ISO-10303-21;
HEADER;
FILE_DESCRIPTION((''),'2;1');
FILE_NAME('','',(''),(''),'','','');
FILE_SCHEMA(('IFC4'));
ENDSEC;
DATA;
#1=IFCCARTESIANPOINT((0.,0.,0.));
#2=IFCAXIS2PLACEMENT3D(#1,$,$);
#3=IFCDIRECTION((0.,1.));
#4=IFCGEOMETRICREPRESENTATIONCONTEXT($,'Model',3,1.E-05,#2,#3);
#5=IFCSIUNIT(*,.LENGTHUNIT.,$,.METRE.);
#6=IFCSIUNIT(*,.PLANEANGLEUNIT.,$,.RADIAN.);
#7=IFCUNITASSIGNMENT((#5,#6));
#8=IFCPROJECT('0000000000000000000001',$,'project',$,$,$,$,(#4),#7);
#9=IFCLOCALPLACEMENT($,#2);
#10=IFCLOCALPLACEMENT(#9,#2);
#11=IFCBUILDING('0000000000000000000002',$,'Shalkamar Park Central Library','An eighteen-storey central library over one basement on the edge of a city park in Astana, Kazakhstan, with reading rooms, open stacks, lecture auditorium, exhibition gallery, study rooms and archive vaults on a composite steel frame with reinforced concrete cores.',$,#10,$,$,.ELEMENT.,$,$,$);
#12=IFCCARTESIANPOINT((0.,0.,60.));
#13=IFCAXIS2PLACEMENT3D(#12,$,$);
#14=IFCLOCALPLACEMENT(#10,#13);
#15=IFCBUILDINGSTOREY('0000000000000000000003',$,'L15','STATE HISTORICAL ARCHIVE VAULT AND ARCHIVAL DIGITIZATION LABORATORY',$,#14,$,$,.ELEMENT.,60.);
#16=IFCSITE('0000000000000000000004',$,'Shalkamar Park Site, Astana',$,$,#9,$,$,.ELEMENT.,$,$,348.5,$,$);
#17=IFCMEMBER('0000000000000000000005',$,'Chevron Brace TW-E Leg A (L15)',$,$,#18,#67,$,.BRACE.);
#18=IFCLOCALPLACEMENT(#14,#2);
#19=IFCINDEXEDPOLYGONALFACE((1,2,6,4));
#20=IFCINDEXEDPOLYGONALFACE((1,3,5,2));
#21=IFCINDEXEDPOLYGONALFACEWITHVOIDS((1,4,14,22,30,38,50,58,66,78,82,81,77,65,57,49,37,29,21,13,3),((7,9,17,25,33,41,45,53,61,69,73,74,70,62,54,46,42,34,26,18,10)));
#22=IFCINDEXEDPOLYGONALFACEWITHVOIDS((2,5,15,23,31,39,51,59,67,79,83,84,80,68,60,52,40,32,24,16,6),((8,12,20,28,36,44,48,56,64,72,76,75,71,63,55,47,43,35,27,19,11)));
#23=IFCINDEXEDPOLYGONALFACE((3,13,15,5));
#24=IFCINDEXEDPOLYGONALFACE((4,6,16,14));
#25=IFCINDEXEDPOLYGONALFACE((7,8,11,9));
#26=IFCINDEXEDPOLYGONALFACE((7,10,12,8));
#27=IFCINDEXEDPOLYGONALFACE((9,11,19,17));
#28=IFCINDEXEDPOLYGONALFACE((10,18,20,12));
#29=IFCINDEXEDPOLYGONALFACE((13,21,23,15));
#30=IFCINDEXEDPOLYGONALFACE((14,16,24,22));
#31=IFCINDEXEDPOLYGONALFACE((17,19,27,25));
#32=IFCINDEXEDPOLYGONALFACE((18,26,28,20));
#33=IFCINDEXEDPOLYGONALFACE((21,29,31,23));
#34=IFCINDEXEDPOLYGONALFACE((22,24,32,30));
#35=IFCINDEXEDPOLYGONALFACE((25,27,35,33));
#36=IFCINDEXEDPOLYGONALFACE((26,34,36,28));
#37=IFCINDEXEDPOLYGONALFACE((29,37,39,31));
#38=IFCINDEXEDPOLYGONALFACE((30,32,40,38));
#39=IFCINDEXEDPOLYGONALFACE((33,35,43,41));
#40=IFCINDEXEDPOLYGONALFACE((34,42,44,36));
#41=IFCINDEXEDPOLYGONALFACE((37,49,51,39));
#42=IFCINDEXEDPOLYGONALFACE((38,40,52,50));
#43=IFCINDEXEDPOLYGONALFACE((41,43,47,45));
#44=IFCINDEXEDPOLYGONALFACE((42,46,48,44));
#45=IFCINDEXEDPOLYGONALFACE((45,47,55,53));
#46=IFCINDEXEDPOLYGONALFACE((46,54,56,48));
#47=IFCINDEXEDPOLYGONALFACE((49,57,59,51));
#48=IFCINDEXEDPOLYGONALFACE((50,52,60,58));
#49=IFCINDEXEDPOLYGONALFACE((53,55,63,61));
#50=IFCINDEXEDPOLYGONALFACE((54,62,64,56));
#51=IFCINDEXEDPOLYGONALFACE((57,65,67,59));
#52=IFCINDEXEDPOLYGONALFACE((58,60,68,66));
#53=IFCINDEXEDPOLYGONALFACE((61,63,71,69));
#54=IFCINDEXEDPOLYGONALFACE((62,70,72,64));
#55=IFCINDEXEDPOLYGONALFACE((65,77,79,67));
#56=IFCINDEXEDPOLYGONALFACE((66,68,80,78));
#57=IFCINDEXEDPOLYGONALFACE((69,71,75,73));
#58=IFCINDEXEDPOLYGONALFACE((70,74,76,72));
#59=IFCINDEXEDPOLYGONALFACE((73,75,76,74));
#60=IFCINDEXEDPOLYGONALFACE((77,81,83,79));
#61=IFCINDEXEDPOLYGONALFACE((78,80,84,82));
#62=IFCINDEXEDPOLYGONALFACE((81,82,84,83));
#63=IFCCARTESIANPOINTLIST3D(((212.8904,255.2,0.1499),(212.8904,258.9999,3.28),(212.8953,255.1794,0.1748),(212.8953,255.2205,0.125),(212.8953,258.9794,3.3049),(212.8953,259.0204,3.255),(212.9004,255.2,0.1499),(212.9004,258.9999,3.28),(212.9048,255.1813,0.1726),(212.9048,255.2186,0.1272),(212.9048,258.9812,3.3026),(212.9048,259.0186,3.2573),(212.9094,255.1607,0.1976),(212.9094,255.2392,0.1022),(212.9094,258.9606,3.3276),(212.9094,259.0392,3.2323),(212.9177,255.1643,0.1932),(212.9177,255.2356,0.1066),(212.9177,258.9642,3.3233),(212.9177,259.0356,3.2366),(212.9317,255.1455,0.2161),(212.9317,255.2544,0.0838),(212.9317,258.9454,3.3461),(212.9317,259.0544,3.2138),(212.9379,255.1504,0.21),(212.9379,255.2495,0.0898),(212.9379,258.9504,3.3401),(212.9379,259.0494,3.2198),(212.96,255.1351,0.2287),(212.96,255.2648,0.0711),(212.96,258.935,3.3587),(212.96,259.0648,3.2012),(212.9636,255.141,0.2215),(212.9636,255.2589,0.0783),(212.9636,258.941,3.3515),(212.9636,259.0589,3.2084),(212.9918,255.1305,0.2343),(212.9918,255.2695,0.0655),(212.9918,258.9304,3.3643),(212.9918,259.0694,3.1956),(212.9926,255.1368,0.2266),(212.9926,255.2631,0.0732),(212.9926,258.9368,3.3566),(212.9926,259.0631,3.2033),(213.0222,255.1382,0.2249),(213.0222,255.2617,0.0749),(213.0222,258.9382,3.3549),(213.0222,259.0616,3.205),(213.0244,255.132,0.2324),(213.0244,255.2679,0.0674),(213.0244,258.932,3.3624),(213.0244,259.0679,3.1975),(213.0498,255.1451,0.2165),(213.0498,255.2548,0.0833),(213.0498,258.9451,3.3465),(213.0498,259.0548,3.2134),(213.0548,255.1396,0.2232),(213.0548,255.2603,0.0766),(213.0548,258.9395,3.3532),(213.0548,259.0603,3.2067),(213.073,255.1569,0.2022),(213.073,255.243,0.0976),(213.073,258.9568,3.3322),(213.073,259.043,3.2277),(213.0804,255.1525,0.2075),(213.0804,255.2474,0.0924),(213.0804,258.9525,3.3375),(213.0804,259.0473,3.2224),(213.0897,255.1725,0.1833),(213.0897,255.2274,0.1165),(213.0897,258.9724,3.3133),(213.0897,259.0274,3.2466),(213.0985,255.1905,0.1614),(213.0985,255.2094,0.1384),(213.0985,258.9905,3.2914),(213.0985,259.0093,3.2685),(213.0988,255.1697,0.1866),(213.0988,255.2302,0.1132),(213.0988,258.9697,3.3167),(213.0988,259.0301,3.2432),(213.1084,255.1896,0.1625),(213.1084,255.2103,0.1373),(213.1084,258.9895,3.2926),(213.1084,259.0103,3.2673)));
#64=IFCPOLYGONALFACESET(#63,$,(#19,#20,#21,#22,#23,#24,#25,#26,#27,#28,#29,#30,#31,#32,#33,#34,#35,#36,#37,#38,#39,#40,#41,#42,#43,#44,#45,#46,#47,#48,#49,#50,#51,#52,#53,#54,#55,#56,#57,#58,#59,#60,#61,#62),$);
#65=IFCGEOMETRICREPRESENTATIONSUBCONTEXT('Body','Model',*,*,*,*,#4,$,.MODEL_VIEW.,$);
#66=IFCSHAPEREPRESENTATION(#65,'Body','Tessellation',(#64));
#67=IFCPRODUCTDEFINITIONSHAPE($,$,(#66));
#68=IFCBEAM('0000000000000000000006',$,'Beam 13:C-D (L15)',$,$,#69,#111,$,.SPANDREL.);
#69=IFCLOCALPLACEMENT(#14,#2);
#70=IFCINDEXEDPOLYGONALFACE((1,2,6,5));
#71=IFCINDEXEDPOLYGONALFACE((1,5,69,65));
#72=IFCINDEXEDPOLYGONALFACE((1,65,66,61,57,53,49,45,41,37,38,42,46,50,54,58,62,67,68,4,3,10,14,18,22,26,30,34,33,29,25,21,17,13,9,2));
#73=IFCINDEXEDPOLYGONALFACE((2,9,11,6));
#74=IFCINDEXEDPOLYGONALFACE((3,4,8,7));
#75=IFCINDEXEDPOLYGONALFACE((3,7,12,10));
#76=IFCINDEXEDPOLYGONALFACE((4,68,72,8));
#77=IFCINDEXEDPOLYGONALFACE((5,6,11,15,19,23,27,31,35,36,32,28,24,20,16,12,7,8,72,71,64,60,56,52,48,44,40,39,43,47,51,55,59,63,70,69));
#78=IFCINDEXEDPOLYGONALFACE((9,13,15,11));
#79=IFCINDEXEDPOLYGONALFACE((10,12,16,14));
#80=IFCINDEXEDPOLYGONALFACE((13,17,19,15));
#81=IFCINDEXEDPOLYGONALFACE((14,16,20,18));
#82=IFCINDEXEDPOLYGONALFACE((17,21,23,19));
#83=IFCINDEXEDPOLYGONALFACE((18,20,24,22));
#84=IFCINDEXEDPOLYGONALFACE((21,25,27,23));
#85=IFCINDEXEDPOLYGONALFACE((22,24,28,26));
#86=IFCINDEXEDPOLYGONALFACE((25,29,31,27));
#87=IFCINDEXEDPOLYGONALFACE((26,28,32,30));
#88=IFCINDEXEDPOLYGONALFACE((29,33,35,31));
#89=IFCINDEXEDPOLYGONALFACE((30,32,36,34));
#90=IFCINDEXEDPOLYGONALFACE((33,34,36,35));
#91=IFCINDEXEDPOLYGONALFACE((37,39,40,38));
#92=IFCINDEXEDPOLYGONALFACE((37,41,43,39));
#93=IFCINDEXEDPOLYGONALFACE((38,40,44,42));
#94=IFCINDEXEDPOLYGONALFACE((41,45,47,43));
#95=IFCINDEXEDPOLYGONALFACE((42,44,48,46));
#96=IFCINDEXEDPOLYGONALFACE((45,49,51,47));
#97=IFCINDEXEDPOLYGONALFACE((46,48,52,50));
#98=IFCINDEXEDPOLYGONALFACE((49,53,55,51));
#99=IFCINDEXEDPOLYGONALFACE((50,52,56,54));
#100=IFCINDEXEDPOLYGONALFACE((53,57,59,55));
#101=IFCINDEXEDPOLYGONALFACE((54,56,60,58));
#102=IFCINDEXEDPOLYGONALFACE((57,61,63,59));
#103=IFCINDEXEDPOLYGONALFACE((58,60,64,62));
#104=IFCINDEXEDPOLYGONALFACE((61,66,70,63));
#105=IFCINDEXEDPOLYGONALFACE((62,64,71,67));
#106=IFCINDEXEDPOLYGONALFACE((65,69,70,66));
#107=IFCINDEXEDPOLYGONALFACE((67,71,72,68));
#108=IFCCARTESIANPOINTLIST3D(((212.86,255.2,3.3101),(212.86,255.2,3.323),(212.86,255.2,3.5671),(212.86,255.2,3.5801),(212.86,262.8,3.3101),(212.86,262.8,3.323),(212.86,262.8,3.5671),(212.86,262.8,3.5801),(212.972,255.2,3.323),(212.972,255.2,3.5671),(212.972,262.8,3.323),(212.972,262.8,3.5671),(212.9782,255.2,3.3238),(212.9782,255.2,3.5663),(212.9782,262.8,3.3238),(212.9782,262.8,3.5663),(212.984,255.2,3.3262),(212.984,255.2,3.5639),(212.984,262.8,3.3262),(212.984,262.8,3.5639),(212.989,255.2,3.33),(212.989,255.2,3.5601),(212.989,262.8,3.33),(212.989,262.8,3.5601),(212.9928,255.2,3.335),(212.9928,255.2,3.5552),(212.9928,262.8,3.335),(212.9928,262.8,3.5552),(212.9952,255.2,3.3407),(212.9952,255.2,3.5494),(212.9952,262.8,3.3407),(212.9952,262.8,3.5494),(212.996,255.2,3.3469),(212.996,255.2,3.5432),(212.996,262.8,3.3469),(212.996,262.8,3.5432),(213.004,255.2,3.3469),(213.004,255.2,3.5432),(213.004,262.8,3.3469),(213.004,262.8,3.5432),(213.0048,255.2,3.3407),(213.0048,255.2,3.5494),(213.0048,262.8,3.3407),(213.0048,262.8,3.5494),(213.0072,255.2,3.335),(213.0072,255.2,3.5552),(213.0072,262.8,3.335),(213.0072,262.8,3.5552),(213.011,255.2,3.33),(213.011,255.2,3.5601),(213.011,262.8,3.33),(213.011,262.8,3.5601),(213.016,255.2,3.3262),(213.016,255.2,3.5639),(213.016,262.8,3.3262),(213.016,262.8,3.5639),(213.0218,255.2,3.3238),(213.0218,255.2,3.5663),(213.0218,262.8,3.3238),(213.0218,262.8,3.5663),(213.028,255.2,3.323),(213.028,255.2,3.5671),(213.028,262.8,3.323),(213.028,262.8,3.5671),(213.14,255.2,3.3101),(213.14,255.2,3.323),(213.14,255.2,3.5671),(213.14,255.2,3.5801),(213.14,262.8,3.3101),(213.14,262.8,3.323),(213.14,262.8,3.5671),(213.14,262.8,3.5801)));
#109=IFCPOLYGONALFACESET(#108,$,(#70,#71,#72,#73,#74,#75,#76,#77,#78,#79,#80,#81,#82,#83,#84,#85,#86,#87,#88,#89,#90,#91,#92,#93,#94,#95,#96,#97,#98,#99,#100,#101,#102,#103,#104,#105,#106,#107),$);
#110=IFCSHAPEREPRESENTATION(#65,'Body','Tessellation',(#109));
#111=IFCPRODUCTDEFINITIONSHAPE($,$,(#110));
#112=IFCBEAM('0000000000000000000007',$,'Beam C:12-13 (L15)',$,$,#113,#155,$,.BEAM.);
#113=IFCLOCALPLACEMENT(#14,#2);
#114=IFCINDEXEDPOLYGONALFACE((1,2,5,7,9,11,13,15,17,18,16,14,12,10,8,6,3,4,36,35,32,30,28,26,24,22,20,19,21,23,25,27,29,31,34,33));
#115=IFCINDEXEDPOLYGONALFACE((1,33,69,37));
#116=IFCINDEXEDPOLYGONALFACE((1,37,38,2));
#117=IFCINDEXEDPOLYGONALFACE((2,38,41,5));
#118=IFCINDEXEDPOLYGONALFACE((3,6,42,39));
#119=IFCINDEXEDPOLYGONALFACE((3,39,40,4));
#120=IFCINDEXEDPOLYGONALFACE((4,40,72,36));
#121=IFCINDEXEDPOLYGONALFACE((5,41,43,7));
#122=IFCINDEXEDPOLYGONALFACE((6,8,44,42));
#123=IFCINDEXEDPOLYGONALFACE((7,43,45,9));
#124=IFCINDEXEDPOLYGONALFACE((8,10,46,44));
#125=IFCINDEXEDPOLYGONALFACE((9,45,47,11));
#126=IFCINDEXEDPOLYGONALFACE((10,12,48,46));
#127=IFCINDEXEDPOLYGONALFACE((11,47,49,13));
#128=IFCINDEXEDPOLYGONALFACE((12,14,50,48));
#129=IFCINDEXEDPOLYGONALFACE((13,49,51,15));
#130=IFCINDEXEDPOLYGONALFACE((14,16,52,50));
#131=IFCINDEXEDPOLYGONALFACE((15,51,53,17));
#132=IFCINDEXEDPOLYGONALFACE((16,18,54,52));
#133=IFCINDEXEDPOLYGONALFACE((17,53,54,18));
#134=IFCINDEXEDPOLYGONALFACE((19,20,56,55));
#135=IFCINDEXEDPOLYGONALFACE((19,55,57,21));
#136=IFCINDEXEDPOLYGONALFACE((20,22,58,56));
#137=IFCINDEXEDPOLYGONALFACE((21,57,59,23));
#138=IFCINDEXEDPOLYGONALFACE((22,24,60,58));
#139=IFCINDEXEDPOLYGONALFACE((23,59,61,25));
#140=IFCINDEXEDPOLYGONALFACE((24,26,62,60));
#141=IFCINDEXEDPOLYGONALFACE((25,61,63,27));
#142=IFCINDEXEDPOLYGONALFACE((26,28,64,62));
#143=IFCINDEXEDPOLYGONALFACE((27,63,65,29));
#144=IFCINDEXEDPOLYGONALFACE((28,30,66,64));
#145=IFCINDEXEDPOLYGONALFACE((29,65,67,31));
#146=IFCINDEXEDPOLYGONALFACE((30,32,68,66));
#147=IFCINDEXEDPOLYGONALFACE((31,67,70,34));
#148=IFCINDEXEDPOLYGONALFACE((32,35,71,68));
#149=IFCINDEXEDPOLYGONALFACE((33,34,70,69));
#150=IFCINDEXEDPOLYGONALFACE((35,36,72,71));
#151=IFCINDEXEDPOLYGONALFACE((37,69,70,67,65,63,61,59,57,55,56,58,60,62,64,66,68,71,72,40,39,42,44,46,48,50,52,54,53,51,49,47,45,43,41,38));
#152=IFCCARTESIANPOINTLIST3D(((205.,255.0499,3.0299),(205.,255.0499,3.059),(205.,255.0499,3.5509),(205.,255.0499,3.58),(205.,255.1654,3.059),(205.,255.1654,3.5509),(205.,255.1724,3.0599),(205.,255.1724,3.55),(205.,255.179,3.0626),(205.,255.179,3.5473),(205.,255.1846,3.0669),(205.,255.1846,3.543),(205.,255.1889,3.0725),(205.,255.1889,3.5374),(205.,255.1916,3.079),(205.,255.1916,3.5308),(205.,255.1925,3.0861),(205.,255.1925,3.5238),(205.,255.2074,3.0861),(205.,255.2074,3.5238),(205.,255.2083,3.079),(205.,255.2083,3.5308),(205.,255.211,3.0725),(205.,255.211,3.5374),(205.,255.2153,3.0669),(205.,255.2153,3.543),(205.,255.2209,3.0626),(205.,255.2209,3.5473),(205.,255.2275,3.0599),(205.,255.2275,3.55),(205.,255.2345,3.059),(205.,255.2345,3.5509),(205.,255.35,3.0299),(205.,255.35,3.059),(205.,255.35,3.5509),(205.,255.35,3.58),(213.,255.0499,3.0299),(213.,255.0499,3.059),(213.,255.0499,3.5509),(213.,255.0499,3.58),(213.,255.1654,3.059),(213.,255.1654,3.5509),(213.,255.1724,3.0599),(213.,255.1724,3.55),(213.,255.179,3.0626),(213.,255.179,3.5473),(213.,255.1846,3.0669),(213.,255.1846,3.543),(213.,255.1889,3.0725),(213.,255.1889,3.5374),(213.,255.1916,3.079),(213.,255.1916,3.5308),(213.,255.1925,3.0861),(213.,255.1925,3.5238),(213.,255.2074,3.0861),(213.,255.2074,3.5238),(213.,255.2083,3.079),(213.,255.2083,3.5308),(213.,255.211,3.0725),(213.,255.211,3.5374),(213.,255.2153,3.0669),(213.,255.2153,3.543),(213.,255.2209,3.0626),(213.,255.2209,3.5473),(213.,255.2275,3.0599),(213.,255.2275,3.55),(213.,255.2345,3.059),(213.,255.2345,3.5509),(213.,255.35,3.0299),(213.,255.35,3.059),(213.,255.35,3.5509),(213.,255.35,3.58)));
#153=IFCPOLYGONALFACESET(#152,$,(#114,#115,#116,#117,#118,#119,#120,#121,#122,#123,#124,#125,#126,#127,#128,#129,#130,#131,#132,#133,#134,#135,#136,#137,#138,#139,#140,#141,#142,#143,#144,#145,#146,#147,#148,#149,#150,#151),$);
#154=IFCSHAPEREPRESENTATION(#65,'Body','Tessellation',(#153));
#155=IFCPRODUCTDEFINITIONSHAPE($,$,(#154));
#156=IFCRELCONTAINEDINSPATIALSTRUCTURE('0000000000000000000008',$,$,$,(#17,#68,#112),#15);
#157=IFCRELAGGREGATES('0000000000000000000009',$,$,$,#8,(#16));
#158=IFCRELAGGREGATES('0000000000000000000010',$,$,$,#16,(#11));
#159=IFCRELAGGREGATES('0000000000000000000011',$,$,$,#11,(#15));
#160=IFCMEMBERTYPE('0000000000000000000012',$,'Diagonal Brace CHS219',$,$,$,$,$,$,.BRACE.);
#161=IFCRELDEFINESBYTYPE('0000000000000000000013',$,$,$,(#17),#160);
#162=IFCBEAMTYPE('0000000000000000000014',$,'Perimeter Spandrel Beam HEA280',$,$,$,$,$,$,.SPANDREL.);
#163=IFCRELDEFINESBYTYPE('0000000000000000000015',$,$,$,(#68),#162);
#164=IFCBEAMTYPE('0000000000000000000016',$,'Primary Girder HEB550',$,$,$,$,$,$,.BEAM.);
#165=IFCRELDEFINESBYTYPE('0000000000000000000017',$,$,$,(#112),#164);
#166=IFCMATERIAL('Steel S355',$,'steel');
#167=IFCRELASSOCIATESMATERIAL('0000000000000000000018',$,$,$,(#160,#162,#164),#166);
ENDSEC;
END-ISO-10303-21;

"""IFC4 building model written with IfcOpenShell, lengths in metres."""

from ifc_helpers import new_model, si_unit, direction, frame, origin, origin_2d, place, context, subcontext, project, spatial, hollow_circle, i_section, extrude, material, material_profile, profile_set, type_object, element, save


model = new_model("IFC4")

# Units and contexts
model_context = context("Model", 3, precision=1e-05, world=origin(), true_north=direction((0.0, 1.0)))
body_context = subcontext(model_context, "Body", "Model", "MODEL_VIEW")
ifc_project = project(units=[si_unit("LENGTHUNIT", "METRE"), si_unit("PLANEANGLEUNIT", "RADIAN")], contexts=[model_context])

# Site, building, storey
site_placement = place(None, origin())
site = spatial("IfcSite", under=ifc_project, at=site_placement, Name="Shalkamar Park Site, Astana", CompositionType="ELEMENT", RefElevation=348.5)
building_placement = place(site_placement, origin())
building = spatial("IfcBuilding", under=site, at=building_placement, Name="Shalkamar Park Central Library", Description="An eighteen-storey central library over one basement on the edge of a city park in Astana, Kazakhstan, with reading rooms, open stacks, lecture auditorium, exhibition gallery, study rooms and archive vaults on a composite steel frame with reinforced concrete cores.", CompositionType="ELEMENT")
storey_placement = place(building_placement, frame((0.0, 0.0, 60.0)))
storey = spatial("IfcBuildingStorey", under=building, at=storey_placement, Name="L15", Description="STATE HISTORICAL ARCHIVE VAULT AND ARCHIVAL DIGITIZATION LABORATORY", CompositionType="ELEMENT", Elevation=60.0)

# Shared definitions
ifc_material_1 = material(Name="Steel S355", Category="steel")

# Member
ifc_material_profile_1 = material_profile(ifc_material_1, hollow_circle(Radius=0.1096, WallThickness=0.01, at=origin_2d()), Name="CHS 219.1x10")
ifc_profile_set_1 = profile_set([ifc_material_profile_1], Name="Steel S355")
member_type = type_object("IfcMemberType", Name="Diagonal Brace CHS219", PredefinedType="BRACE", material=ifc_profile_set_1)
member_placement = place(storey_placement, frame((213.0, 255.2, 0.1499), z_axis=(0.0, 0.771863, 0.635789), x_axis=(-1.0, 0.0, 0.0)))
element("IfcMember", 1, at=member_placement, inside=storey, type_object=member_type, Name="Chevron Brace TW-E Leg A (L15)", PredefinedType="BRACE", context=body_context, shape_type="SweptSolid", body=[
    extrude(hollow_circle(Radius=0.1096, WallThickness=0.01, at=origin_2d()), origin(), (0.0, 0.0, 1.0), 4.9231),
])

# Beams
ifc_material_profile_2 = material_profile(ifc_material_1, i_section(OverallWidth=0.28, OverallDepth=0.27, WebThickness=0.0081, FlangeThickness=0.0129, FilletRadius=0.0239, at=origin_2d()), Name="HEA 280")
ifc_profile_set_2 = profile_set([ifc_material_profile_2], Name="Steel S355")
beam_type_1 = type_object("IfcBeamType", Name="Perimeter Spandrel Beam HEA280", PredefinedType="SPANDREL", material=ifc_profile_set_2)
beam_1_placement = place(storey_placement, frame((213.0, 255.2, 3.4451), z_axis=(0.0, 1.0, 0.0), x_axis=(-1.0, 0.0, 0.0)))
element("IfcBeam", 2, at=beam_1_placement, inside=storey, type_object=beam_type_1, Name="Beam 13:C-D (L15)", PredefinedType="SPANDREL", context=body_context, shape_type="SweptSolid", body=[
    extrude(i_section(OverallWidth=0.28, OverallDepth=0.27, WebThickness=0.0081, FlangeThickness=0.0129, FilletRadius=0.0239, at=origin_2d()), origin(), (0.0, 0.0, 1.0), 7.6001),
])
ifc_material_profile_3 = material_profile(ifc_material_1, i_section(OverallWidth=0.3, OverallDepth=0.55, WebThickness=0.0149, FlangeThickness=0.0291, FilletRadius=0.0271, at=origin_2d()), Name="HEB 550")
ifc_profile_set_3 = profile_set([ifc_material_profile_3], Name="Steel S355")
beam_type_2 = type_object("IfcBeamType", Name="Primary Girder HEB550", PredefinedType="BEAM", material=ifc_profile_set_3)
beam_2_placement = place(storey_placement, frame((205.0, 255.2, 3.3049), z_axis=(1.0, 0.0, 0.0), x_axis=(0.0, 1.0, 0.0)))
element("IfcBeam", 3, at=beam_2_placement, inside=storey, type_object=beam_type_2, Name="Beam C:12-13 (L15)", PredefinedType="BEAM", context=body_context, shape_type="SweptSolid", body=[
    extrude(i_section(OverallWidth=0.3, OverallDepth=0.55, WebThickness=0.0149, FlangeThickness=0.0291, FilletRadius=0.0271, at=origin_2d()), origin(), (0.0, 0.0, 1.0), 8.0),
])

save(model, "model.ifc")
